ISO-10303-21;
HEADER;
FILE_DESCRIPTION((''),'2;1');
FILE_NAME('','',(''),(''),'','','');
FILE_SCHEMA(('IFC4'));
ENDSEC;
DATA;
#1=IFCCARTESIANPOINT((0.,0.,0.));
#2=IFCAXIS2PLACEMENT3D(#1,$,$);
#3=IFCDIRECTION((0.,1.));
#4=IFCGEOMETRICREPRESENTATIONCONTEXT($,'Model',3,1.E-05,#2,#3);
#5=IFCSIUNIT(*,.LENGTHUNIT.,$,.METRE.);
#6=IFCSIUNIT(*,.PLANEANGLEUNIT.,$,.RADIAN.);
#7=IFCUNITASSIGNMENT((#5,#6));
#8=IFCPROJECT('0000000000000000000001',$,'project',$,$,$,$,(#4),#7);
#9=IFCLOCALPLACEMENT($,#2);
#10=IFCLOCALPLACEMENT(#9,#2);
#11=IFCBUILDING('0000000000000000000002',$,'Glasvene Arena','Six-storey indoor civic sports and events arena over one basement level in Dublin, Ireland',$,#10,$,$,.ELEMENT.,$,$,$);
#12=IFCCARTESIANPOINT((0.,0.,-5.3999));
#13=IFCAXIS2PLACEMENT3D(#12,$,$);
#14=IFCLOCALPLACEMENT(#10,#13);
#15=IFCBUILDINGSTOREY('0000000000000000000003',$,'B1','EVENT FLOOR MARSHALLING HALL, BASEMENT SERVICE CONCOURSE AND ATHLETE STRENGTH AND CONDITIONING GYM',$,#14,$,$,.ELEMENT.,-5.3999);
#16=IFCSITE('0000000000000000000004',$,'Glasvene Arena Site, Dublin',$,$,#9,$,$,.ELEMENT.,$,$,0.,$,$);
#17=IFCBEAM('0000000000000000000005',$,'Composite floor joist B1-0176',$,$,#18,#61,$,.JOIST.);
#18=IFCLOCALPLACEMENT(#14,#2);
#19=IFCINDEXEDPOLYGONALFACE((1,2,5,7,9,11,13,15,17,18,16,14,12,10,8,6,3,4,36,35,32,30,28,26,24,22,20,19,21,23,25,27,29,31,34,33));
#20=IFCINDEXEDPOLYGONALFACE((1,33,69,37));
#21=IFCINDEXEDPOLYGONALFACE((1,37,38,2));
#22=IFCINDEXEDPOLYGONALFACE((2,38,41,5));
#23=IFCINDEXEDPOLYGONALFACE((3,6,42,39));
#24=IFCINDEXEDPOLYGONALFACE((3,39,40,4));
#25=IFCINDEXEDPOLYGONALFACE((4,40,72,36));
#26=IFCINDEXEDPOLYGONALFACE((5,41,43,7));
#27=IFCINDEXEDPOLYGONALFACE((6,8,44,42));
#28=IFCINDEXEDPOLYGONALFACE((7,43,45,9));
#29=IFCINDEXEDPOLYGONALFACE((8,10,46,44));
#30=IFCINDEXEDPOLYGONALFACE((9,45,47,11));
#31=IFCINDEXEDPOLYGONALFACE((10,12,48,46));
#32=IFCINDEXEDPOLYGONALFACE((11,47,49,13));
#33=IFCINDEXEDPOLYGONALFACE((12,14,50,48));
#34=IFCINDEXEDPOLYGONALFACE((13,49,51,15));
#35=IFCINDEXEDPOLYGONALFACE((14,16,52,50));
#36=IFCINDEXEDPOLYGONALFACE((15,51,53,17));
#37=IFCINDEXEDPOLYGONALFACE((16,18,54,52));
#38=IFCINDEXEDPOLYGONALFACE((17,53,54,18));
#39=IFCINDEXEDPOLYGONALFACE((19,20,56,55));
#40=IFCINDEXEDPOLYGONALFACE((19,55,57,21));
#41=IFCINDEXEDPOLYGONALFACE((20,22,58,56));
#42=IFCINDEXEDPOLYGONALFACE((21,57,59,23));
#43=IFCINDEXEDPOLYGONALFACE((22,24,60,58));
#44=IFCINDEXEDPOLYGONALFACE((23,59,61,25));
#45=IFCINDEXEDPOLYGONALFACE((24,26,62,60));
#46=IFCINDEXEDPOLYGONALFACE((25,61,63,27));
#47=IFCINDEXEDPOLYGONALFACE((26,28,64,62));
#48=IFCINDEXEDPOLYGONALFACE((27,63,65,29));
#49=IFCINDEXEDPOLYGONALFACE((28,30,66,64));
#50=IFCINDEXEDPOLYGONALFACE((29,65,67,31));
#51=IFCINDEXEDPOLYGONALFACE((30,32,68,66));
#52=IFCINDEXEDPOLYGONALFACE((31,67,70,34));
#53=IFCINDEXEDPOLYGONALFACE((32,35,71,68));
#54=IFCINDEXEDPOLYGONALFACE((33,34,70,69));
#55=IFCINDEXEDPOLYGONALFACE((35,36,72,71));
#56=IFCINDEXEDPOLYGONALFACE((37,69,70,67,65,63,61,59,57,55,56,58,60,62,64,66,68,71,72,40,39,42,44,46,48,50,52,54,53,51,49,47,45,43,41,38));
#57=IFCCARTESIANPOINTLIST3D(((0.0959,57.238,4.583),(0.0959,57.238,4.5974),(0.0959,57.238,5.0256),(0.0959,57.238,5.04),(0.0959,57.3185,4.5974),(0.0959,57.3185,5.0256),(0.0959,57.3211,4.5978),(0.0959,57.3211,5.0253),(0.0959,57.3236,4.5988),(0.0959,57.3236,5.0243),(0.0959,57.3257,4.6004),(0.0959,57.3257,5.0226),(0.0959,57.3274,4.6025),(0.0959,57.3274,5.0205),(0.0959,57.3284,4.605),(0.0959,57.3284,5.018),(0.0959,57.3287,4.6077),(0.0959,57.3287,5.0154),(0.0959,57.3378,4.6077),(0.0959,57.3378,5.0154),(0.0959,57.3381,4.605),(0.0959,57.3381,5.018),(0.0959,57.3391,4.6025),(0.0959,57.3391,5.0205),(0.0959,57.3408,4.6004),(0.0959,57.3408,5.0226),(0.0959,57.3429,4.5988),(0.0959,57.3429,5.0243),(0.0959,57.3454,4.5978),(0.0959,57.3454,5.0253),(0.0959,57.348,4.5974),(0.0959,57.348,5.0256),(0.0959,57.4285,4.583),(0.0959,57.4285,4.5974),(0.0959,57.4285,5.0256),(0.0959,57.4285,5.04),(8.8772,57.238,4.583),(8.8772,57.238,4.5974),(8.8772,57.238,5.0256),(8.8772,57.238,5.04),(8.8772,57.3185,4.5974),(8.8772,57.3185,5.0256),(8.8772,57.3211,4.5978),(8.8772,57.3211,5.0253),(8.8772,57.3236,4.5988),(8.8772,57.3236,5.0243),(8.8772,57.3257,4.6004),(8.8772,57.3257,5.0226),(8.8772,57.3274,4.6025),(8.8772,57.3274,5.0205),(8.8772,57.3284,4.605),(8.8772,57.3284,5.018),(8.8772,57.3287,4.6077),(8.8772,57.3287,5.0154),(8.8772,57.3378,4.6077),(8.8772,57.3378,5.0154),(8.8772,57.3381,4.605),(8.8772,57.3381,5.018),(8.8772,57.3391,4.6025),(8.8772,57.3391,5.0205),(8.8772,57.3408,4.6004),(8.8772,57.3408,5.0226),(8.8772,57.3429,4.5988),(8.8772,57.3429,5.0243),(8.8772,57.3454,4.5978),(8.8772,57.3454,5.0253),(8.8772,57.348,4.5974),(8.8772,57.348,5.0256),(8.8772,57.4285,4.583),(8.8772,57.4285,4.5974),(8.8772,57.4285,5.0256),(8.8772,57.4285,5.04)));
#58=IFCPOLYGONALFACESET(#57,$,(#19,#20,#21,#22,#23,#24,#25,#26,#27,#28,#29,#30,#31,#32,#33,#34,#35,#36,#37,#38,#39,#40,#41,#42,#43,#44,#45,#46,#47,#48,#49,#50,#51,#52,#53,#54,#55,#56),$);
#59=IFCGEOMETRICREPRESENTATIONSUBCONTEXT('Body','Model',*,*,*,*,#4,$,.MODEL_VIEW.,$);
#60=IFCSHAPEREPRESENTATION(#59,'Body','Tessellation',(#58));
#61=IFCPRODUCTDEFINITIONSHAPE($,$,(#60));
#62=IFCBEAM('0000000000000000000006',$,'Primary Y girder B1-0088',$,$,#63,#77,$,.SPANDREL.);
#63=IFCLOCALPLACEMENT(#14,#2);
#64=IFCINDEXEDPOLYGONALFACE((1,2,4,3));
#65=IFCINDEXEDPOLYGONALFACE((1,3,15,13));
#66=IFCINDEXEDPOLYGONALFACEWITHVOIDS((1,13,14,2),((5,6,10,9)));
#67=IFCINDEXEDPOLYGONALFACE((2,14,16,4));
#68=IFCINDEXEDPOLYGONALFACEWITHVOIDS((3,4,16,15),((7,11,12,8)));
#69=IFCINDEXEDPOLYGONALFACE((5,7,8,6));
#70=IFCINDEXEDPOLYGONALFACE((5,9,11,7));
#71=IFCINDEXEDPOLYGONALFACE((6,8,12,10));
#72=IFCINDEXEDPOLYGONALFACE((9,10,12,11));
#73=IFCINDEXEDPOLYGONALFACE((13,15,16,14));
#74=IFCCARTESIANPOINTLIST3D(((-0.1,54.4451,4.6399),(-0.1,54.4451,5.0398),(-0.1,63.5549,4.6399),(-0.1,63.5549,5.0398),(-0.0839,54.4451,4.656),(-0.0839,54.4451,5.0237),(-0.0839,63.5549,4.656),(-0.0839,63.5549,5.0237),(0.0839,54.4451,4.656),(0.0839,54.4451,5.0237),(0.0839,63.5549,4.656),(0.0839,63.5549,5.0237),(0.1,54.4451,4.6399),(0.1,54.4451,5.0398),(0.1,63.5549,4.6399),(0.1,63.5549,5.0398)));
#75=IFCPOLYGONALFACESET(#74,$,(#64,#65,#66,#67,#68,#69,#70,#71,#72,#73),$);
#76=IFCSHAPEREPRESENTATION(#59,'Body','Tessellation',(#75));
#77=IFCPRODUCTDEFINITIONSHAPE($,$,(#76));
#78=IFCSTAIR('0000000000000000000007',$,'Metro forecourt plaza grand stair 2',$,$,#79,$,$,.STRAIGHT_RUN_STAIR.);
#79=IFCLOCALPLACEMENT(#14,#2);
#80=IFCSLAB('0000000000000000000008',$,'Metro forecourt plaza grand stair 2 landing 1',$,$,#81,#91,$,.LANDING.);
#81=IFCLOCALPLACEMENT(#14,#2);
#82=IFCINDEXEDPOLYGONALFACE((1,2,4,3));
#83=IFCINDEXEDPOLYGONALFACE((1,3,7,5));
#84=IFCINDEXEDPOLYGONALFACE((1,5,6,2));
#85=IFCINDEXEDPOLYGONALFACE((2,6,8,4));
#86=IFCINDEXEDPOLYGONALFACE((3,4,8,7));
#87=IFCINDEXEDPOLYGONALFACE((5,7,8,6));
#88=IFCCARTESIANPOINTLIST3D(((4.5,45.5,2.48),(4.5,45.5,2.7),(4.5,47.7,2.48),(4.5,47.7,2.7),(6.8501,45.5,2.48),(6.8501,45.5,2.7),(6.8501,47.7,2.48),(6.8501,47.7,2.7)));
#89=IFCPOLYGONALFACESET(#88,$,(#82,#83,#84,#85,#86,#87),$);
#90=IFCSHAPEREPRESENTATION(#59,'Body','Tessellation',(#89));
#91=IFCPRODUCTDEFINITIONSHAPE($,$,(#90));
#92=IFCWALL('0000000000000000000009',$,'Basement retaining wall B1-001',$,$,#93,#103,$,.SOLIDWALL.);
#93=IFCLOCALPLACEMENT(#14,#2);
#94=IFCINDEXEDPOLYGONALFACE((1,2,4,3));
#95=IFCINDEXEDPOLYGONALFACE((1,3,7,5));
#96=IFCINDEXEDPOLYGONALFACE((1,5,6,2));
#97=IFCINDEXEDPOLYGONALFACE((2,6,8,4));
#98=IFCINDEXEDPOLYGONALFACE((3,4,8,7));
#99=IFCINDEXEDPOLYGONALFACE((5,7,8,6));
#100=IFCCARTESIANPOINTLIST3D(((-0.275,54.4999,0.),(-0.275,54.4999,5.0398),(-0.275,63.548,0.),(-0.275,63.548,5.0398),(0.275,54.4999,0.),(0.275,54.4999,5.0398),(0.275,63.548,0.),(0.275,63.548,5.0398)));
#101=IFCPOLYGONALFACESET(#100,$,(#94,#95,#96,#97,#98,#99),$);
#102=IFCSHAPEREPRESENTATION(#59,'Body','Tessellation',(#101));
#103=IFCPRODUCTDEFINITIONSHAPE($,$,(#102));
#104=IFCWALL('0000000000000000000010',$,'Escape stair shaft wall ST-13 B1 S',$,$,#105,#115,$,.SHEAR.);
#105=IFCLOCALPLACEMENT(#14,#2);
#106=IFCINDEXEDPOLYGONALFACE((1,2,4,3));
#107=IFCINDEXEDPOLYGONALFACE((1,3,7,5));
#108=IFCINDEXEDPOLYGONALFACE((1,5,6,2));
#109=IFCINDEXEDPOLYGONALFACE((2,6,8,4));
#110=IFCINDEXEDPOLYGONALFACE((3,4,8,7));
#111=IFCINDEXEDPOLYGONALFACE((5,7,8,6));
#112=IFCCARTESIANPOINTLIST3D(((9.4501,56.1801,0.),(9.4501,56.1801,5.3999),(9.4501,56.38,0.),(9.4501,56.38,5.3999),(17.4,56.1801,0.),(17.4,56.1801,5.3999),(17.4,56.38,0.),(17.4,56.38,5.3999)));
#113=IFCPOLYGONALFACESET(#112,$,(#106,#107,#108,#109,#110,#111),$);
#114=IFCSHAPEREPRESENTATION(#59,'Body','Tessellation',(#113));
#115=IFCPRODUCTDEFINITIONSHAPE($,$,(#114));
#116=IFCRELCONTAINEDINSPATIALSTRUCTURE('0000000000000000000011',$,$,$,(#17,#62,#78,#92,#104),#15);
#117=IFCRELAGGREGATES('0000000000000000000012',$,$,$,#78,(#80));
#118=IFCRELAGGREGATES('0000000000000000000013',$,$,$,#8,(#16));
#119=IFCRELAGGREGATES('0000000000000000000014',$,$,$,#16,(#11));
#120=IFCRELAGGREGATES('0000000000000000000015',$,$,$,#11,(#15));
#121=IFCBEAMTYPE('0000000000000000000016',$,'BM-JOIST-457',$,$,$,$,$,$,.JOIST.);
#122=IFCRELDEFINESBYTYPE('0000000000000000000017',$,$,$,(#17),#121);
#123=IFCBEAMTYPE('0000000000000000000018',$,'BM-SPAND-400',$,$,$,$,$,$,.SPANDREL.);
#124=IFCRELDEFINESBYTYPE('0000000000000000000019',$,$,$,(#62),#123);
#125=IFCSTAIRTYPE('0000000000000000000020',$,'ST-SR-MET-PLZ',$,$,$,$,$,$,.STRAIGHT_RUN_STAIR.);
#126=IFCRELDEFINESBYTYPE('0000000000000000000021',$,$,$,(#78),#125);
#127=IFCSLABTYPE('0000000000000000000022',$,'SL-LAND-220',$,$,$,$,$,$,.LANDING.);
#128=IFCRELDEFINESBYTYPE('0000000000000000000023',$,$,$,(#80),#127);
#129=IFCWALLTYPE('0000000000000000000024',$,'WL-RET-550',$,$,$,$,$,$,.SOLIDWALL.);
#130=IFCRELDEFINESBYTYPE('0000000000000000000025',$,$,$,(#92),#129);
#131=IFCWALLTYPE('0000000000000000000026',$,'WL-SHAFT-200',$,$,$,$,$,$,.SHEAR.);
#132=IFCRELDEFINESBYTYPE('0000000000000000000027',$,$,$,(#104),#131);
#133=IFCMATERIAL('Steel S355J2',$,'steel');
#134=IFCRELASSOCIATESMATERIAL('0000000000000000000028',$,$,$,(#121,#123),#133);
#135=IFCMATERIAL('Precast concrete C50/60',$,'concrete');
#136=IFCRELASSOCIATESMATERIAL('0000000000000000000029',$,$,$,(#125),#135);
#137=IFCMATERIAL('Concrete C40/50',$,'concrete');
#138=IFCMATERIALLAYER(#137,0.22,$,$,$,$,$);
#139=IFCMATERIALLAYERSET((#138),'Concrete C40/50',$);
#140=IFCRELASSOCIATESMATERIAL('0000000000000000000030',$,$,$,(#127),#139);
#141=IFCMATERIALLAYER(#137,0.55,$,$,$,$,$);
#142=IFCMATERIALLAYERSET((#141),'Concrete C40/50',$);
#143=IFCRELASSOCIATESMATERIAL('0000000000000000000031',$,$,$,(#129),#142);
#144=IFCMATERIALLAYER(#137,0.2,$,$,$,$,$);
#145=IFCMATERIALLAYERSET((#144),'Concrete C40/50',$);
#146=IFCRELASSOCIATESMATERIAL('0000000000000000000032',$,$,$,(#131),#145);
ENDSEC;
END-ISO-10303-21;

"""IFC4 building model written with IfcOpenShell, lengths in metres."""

from ifc_helpers import new_model, si_unit, direction, frame, frame_2d, origin, origin_2d, place, context, subcontext, project, spatial, polyline, rectangle, hollow_rectangle, i_section, outline, extrude, material, layer, layer_set, material_profile, profile_set, type_object, element, aggregate, save


model = new_model("IFC4")

# Units and contexts
model_context = context("Model", 3, precision=1e-05, world=origin(), true_north=direction((0.0, 1.0)))
body_context = subcontext(model_context, "Body", "Model", "MODEL_VIEW")
ifc_project = project(units=[si_unit("LENGTHUNIT", "METRE"), si_unit("PLANEANGLEUNIT", "RADIAN")], contexts=[model_context])

# Site, building, storey
site_placement = place(None, origin())
site = spatial("IfcSite", under=ifc_project, at=site_placement, Name="Glasvene Arena Site, Dublin", CompositionType="ELEMENT", RefElevation=0.0)
building_placement = place(site_placement, origin())
building = spatial("IfcBuilding", under=site, at=building_placement, Name="Glasvene Arena", Description="Six-storey indoor civic sports and events arena over one basement level in Dublin, Ireland", CompositionType="ELEMENT")
storey_placement = place(building_placement, frame((0.0, 0.0, -5.3999)))
storey = spatial("IfcBuildingStorey", under=building, at=storey_placement, Name="B1", Description="EVENT FLOOR MARSHALLING HALL, BASEMENT SERVICE CONCOURSE AND ATHLETE STRENGTH AND CONDITIONING GYM", CompositionType="ELEMENT", Elevation=-5.3999)

# Shared definitions
ifc_material_1 = material(Name="Concrete C40/50", Category="concrete")

# Shared definitions
ifc_material_2 = material(Name="Steel S355J2", Category="steel")
ifc_material_3 = material(Name="Precast concrete C50/60", Category="concrete")

# Beams
ifc_material_profile_1 = material_profile(ifc_material_2, i_section(OverallWidth=0.1904, OverallDepth=0.457, WebThickness=0.009, FlangeThickness=0.0144, FilletRadius=0.0103, at=origin_2d()), Name="UKB 457x191x74")
ifc_profile_set_1 = profile_set([ifc_material_profile_1], Name="Steel S355J2")
beam_type_1 = type_object("IfcBeamType", Name="BM-JOIST-457", PredefinedType="JOIST", material=ifc_profile_set_1)
beam_1_placement = place(storey_placement, frame((0.0959, 57.3333, 4.8115), z_axis=(1.0, 0.0, 0.0), x_axis=(0.0, 1.0, 0.0)))
element("IfcBeam", 1, at=beam_1_placement, inside=storey, type_object=beam_type_1, Name="Composite floor joist B1-0176", PredefinedType="JOIST", context=body_context, shape_type="SweptSolid", body=[
    extrude(i_section(OverallWidth=0.1904, OverallDepth=0.457, WebThickness=0.009, FlangeThickness=0.0144, FilletRadius=0.0103, at=origin_2d()), origin(), (0.0, 0.0, 1.0), 8.7812),
])
ifc_material_profile_2 = material_profile(ifc_material_2, hollow_rectangle(XDim=0.2, YDim=0.3999, WallThickness=0.0161, at=origin_2d()), Name="RHS 400x200x16.0")
ifc_profile_set_2 = profile_set([ifc_material_profile_2], Name="Steel S355J2")
beam_type_2 = type_object("IfcBeamType", Name="BM-SPAND-400", PredefinedType="SPANDREL", material=ifc_profile_set_2)
beam_2_placement = place(storey_placement, frame((0.0, 54.4451, 4.8398), z_axis=(0.0, 1.0, 0.0), x_axis=(-1.0, 0.0, 0.0)))
element("IfcBeam", 2, at=beam_2_placement, inside=storey, type_object=beam_type_2, Name="Primary Y girder B1-0088", PredefinedType="SPANDREL", context=body_context, shape_type="SweptSolid", body=[
    extrude(hollow_rectangle(XDim=0.2, YDim=0.3999, WallThickness=0.0161, at=origin_2d()), origin(), (0.0, 0.0, 1.0), 9.1099),
])

# Stair, slab
stair_type = type_object("IfcStairType", Name="ST-SR-MET-PLZ", PredefinedType="STRAIGHT_RUN_STAIR", material=ifc_material_3)
stair_placement = place(storey_placement, origin())
stair = element("IfcStair", 3, at=stair_placement, inside=storey, type_object=stair_type, Name="Metro forecourt plaza grand stair 2", PredefinedType="STRAIGHT_RUN_STAIR")
ifc_layer_1 = layer(ifc_material_1, 0.22)
ifc_layer_set_1 = layer_set([ifc_layer_1], Name="Concrete C40/50")
slab_type = type_object("IfcSlabType", Name="SL-LAND-220", PredefinedType="LANDING", material=ifc_layer_set_1)
slab_placement = place(storey_placement, frame((5.675, 46.6001, 2.48)))
slab = element("IfcSlab", 4, at=slab_placement, type_object=slab_type, Name="Metro forecourt plaza grand stair 2 landing 1", PredefinedType="LANDING", context=body_context, shape_type="SweptSolid", body=[
    extrude(outline(polyline([(-1.175, -1.1001), (1.175, -1.1001), (1.175, 1.0999), (-1.175, 1.0999), (-1.175, -1.1001)])), origin(), (0.0, 0.0, 1.0), 0.22),
])
aggregate(stair, [slab])

# Walls
ifc_layer_2 = layer(ifc_material_1, 0.55)
ifc_layer_set_2 = layer_set([ifc_layer_2], Name="Concrete C40/50")
wall_type_1 = type_object("IfcWallType", Name="WL-RET-550", PredefinedType="SOLIDWALL", material=ifc_layer_set_2)
wall_1_placement = place(storey_placement, frame((0.0, 54.5, 0.0), z_axis=(0.0, 0.0, 1.0), x_axis=(0.0, 1.0, 0.0)))
element("IfcWall", 5, at=wall_1_placement, inside=storey, type_object=wall_type_1, Name="Basement retaining wall B1-001", PredefinedType="SOLIDWALL", context=body_context, shape_type="SweptSolid", body=[
    extrude(rectangle(XDim=9.0481, YDim=0.55, at=frame_2d((4.5239, 0.0))), origin(), (0.0, 0.0, 1.0), 5.0398),
])
ifc_layer_3 = layer(ifc_material_1, 0.2)
ifc_layer_set_3 = layer_set([ifc_layer_3], Name="Concrete C40/50")
wall_type_2 = type_object("IfcWallType", Name="WL-SHAFT-200", PredefinedType="SHEAR", material=ifc_layer_set_3)
wall_2_placement = place(storey_placement, frame((9.45, 56.28, 0.0), z_axis=(0.0, 0.0, 1.0), x_axis=(1.0, 0.0, 0.0)))
element("IfcWall", 6, at=wall_2_placement, inside=storey, type_object=wall_type_2, Name="Escape stair shaft wall ST-13 B1 S", PredefinedType="SHEAR", context=body_context, shape_type="SweptSolid", body=[
    extrude(rectangle(XDim=7.95, YDim=0.2, at=frame_2d((3.9751, 0.0))), origin(), (0.0, 0.0, 1.0), 5.3999),
])

save(model, "model.ifc")
